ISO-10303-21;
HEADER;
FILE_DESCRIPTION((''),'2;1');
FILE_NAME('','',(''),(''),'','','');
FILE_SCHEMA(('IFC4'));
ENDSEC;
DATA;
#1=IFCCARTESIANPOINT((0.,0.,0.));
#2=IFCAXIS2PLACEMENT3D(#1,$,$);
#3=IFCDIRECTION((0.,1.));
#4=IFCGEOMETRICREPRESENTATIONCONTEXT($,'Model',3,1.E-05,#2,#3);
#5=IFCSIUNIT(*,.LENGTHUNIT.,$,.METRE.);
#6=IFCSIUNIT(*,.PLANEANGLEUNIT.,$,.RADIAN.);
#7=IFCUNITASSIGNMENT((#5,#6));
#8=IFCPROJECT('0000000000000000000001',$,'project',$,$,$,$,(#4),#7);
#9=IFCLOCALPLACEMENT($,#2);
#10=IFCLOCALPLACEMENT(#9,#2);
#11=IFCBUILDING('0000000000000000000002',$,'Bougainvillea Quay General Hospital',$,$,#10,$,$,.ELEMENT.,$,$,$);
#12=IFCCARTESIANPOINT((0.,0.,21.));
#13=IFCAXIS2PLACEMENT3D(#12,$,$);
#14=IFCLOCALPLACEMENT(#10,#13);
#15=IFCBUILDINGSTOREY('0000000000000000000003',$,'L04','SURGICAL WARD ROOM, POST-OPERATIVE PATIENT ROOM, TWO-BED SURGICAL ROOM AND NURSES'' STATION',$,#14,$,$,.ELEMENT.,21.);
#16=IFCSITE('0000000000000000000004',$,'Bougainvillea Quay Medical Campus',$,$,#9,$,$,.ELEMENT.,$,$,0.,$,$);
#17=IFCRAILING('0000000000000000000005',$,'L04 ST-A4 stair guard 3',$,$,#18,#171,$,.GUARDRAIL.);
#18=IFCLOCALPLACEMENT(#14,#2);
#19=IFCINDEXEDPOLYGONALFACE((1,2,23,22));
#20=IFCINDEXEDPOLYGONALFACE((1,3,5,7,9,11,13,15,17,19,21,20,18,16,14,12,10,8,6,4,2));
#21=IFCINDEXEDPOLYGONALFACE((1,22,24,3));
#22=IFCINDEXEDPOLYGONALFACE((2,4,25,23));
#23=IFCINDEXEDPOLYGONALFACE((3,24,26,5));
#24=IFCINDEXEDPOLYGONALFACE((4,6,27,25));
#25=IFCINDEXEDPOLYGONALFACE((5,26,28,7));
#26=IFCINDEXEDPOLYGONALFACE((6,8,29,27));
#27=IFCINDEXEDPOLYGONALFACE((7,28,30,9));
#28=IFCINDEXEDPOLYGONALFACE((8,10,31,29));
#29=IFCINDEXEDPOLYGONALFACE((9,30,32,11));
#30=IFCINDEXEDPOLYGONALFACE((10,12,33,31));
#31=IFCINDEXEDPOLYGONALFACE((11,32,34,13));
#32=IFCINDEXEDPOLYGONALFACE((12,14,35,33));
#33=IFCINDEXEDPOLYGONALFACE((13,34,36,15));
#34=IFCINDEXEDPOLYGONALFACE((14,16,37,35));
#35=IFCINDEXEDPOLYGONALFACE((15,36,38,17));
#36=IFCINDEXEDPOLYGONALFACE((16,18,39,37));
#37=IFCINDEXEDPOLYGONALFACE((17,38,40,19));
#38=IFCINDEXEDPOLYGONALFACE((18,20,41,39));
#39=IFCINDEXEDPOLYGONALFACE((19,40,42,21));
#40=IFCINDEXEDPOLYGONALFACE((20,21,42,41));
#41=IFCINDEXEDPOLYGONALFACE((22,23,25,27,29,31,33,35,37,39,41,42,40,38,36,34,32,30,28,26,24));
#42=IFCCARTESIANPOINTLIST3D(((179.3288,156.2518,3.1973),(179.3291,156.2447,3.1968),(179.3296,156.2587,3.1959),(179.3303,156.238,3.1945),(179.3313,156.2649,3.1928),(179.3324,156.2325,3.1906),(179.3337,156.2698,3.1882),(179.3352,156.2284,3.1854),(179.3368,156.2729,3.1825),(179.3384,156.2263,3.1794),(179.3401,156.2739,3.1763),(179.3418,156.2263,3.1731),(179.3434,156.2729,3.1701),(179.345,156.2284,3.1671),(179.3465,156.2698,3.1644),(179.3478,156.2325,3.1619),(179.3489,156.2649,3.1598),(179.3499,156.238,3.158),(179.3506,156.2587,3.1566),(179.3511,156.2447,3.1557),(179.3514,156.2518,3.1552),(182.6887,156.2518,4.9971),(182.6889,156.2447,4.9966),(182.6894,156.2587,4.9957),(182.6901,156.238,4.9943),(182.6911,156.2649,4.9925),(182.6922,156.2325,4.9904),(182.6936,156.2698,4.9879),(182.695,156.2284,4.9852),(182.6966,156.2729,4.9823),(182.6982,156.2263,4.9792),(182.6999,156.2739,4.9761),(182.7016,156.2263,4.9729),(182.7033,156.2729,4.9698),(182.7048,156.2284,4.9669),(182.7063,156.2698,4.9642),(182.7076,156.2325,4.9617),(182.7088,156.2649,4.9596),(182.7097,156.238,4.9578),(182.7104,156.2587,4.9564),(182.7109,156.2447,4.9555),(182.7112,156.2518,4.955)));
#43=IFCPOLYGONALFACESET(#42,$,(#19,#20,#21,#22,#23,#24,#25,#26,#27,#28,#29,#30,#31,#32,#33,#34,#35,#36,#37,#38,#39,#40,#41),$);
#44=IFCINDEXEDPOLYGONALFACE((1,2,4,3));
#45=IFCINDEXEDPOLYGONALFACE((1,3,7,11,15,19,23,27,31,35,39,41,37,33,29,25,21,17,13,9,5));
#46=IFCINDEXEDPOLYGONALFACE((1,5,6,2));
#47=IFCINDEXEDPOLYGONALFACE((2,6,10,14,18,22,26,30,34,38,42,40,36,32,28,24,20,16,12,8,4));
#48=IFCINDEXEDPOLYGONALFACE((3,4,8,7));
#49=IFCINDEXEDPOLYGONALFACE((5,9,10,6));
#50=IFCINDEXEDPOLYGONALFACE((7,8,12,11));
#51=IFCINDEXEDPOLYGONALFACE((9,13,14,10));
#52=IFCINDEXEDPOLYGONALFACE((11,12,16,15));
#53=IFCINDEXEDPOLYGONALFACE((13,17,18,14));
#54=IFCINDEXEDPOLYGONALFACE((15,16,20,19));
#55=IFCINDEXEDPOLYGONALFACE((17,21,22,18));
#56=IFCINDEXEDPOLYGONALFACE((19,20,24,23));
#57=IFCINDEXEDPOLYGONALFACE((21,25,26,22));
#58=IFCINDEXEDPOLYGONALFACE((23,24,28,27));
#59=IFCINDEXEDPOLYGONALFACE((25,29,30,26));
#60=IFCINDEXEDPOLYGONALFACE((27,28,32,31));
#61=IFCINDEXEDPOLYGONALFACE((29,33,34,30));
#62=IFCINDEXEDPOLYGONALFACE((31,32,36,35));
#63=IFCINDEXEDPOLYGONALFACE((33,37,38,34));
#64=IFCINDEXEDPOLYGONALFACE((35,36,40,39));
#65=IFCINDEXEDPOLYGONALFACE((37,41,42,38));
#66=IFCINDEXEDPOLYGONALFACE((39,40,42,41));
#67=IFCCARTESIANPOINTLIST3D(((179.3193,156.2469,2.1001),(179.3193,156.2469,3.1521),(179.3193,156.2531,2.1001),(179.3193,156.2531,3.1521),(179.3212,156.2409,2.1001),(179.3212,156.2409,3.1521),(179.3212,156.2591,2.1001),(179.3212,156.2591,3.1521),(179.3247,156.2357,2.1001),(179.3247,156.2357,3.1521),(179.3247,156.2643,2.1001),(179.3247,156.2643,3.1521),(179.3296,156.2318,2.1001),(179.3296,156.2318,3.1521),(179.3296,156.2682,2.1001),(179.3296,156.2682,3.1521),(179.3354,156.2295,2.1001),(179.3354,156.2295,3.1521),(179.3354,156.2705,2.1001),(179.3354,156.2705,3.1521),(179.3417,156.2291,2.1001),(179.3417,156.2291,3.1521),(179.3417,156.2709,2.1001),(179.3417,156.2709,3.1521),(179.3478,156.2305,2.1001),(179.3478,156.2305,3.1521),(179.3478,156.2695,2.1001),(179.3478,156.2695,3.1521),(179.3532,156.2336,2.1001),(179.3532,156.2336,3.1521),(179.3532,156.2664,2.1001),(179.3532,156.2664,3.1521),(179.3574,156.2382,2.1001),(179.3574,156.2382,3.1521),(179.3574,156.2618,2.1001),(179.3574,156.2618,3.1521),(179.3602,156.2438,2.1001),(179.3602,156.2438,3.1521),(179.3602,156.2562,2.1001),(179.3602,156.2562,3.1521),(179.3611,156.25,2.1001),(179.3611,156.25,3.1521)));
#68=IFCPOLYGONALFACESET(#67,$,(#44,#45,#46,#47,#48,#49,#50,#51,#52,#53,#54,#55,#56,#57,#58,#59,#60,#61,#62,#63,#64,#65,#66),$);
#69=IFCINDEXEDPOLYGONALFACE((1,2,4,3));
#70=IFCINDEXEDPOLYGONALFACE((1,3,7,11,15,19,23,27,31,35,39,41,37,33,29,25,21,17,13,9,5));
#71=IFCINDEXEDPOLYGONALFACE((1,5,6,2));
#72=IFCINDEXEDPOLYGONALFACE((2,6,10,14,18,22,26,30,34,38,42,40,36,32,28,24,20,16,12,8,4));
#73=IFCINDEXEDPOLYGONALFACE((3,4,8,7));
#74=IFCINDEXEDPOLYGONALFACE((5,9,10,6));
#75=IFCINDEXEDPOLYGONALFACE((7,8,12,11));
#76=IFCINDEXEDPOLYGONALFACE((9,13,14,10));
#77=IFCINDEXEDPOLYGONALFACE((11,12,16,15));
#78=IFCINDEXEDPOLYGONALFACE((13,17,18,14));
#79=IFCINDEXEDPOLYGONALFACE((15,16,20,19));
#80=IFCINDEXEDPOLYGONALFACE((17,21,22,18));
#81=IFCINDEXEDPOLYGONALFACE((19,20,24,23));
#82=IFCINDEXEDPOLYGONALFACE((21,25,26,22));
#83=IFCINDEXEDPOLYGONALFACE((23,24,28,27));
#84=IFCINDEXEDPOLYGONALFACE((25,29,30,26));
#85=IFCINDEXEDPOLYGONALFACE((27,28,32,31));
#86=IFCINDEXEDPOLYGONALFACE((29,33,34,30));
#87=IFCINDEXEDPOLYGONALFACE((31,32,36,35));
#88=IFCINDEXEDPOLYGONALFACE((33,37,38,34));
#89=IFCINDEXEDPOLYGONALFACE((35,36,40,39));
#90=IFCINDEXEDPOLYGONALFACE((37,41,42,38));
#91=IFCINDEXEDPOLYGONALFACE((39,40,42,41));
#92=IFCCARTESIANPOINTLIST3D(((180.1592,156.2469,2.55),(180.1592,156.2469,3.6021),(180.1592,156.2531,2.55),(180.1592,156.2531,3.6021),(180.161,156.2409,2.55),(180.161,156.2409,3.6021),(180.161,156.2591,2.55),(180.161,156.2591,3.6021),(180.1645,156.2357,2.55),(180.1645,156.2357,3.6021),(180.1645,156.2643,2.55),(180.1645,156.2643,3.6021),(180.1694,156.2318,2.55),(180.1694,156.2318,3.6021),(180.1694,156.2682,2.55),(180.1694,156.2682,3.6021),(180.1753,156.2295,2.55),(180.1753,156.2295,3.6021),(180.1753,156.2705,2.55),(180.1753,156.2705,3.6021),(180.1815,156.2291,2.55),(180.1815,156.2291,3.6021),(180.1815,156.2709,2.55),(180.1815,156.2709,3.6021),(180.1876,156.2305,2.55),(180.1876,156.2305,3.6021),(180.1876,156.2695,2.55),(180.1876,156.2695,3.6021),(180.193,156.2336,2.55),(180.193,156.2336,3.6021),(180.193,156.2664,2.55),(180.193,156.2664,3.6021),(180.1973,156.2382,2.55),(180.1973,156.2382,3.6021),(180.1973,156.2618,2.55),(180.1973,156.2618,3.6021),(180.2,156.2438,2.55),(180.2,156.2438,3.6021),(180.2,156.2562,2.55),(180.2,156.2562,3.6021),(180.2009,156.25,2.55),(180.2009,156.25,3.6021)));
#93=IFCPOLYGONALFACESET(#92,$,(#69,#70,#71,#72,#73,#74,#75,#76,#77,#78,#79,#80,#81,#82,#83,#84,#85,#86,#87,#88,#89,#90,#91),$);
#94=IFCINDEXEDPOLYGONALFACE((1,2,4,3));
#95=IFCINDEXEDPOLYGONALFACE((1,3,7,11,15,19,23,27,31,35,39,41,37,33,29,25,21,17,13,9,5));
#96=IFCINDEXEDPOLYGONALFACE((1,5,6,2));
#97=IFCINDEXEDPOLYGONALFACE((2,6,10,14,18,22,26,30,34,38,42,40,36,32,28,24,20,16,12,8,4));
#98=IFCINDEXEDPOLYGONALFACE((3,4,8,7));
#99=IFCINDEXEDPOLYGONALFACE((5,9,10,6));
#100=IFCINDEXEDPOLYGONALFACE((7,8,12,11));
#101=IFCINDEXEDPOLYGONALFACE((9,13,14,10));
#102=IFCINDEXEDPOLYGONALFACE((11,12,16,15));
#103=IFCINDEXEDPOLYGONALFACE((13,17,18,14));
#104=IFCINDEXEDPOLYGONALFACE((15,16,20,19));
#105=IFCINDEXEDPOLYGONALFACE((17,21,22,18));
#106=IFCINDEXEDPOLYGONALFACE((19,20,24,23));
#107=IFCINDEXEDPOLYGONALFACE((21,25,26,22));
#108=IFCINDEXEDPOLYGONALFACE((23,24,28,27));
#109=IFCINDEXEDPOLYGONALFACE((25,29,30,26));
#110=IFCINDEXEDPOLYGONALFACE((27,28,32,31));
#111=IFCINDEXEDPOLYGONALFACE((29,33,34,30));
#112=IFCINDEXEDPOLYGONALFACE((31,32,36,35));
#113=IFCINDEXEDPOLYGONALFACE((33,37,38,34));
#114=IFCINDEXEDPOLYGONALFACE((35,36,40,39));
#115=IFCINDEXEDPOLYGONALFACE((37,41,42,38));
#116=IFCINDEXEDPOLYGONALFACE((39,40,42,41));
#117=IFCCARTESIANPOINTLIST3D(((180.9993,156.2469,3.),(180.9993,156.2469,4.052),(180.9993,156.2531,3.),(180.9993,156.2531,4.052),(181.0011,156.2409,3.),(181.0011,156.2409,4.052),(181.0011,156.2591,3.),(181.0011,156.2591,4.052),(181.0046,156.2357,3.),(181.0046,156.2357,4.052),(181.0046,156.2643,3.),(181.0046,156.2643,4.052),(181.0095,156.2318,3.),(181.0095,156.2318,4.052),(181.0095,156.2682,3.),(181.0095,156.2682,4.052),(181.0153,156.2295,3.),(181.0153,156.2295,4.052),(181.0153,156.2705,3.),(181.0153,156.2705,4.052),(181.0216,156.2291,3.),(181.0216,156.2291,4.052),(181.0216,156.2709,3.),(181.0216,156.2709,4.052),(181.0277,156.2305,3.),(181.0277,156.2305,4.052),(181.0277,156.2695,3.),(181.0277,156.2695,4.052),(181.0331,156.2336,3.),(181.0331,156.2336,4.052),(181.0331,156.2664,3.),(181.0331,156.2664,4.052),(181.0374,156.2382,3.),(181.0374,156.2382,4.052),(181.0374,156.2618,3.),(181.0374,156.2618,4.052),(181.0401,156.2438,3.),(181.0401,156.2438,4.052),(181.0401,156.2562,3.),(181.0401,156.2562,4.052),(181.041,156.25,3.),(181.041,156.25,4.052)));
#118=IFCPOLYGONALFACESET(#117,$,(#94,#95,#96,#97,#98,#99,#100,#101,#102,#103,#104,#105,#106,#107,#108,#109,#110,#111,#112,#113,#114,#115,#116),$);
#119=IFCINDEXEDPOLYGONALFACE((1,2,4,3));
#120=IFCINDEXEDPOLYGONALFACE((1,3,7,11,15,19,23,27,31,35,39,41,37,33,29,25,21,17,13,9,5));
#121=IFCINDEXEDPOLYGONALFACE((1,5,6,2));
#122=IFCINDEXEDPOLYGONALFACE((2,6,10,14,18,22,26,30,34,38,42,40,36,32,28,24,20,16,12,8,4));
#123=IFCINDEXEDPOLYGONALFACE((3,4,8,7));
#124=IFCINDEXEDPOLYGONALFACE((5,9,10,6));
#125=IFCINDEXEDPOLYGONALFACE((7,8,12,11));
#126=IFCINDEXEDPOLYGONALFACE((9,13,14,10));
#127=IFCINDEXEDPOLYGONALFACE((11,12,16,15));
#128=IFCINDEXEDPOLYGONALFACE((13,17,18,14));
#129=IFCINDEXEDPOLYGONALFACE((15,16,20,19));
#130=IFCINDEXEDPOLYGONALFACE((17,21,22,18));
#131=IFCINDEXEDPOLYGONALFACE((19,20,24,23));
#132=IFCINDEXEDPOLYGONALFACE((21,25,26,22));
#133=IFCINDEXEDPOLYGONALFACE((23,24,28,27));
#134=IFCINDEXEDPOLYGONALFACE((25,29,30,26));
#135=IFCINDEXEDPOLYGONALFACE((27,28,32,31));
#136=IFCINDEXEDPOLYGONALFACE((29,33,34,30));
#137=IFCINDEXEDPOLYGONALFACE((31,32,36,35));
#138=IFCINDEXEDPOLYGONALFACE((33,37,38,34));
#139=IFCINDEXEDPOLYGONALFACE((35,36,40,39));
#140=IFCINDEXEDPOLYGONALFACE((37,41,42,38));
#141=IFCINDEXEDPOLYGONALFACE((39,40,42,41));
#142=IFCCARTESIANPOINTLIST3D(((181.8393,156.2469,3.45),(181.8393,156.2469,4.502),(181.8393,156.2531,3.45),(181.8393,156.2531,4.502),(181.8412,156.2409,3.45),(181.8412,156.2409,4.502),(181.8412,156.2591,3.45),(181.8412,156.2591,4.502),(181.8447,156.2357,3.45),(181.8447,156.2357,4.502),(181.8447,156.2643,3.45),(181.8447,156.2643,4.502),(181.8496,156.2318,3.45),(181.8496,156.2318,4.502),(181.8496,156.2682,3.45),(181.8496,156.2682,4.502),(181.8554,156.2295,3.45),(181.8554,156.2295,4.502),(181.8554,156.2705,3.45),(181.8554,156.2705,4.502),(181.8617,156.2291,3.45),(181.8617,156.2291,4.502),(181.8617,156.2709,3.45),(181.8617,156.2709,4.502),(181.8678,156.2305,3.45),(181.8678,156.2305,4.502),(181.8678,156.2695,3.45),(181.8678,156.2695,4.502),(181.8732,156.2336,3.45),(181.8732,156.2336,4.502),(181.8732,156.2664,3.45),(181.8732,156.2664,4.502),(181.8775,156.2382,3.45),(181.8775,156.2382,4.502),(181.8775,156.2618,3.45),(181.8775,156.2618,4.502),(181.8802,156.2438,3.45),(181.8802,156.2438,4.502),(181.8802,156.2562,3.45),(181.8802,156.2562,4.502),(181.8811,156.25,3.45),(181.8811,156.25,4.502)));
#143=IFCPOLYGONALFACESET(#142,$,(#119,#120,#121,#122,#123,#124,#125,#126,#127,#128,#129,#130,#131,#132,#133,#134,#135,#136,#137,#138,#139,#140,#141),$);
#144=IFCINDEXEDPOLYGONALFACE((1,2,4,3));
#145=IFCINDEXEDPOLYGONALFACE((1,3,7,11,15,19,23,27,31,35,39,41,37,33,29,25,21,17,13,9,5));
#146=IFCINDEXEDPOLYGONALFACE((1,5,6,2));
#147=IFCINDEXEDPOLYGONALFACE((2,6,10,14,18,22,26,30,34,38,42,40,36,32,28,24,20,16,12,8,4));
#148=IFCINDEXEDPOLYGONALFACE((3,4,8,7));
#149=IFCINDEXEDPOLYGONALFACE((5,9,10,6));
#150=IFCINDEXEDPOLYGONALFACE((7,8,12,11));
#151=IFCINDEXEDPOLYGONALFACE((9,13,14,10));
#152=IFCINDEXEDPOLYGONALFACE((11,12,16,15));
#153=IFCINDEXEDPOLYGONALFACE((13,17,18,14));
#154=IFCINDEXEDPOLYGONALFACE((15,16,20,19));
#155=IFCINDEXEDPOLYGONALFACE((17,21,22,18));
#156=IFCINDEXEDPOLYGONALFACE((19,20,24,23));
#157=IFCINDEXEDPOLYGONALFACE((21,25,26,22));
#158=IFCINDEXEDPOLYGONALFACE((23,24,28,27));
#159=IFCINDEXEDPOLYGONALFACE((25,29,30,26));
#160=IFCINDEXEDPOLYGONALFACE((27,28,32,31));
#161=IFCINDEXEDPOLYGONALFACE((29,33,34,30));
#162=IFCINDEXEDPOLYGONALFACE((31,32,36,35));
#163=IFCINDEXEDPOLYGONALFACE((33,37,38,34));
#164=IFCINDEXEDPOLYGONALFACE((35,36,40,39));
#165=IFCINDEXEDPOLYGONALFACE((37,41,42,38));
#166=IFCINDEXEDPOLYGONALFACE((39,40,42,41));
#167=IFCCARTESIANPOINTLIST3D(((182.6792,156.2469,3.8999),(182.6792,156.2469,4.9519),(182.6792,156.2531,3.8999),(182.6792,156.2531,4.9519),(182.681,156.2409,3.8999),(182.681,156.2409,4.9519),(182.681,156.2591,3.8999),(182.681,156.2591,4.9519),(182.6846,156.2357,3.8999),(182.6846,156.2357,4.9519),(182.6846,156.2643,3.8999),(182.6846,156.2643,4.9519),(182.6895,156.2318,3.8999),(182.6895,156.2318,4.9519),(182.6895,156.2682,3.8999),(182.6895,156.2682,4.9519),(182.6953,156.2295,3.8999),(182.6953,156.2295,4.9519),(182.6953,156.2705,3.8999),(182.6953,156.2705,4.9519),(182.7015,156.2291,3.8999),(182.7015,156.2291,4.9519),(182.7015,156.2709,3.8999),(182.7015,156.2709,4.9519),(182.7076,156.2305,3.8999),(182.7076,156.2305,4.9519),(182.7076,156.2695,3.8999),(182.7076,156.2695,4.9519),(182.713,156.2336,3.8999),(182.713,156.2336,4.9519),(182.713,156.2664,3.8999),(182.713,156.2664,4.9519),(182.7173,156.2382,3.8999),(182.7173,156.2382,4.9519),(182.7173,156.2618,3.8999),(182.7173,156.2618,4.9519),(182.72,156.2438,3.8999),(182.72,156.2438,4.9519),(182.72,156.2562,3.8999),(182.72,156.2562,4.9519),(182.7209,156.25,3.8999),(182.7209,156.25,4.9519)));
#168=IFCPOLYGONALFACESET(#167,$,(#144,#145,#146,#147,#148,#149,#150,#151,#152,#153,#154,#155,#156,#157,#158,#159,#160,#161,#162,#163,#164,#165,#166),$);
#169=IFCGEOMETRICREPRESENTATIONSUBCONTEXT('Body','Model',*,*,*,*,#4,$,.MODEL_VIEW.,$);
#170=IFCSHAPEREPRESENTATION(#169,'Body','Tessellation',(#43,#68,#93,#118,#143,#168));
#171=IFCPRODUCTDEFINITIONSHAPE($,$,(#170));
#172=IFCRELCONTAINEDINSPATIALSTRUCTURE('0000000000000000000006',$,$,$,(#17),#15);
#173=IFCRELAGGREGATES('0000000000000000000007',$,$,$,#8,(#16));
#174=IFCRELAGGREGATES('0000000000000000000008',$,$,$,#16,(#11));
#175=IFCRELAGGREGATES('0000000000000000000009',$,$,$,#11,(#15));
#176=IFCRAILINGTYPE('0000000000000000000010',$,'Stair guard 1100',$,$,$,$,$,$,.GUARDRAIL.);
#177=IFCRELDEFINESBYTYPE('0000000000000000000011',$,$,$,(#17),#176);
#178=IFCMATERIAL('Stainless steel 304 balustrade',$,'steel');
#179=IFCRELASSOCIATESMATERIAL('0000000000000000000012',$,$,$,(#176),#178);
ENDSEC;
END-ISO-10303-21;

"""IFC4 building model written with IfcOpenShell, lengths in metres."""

from ifc_helpers import new_model, si_unit, direction, frame, origin, origin_2d, place, context, subcontext, project, spatial, circle, extrude, material, type_object, element, save


model = new_model("IFC4")

# Units and contexts
model_context = context("Model", 3, precision=1e-05, world=origin(), true_north=direction((0.0, 1.0)))
body_context = subcontext(model_context, "Body", "Model", "MODEL_VIEW")
ifc_project = project(units=[si_unit("LENGTHUNIT", "METRE"), si_unit("PLANEANGLEUNIT", "RADIAN")], contexts=[model_context])

# Site, building, storey
site_placement = place(None, origin())
site = spatial("IfcSite", under=ifc_project, at=site_placement, Name="Bougainvillea Quay Medical Campus", CompositionType="ELEMENT", RefElevation=0.0)
building_placement = place(site_placement, origin())
building = spatial("IfcBuilding", under=site, at=building_placement, Name="Bougainvillea Quay General Hospital", CompositionType="ELEMENT")
storey_placement = place(building_placement, frame((0.0, 0.0, 21.0)))
storey = spatial("IfcBuildingStorey", under=building, at=storey_placement, Name="L04", Description="SURGICAL WARD ROOM, POST-OPERATIVE PATIENT ROOM, TWO-BED SURGICAL ROOM AND NURSES' STATION", CompositionType="ELEMENT", Elevation=21.0)

# Railing
ifc_material_1 = material(Name="Stainless steel 304 balustrade", Category="steel")
railing_type_1 = type_object("IfcRailingType", Name="Stair guard 1100", PredefinedType="GUARDRAIL", material=ifc_material_1)
railing_1_placement = place(storey_placement, frame((179.3401, 156.25, 2.1001)))
element("IfcRailing", 1, at=railing_1_placement, inside=storey, type_object=railing_type_1, Name="L04 ST-A4 stair guard 3", PredefinedType="GUARDRAIL", context=body_context, shape_type="SweptSolid", body=[
    extrude(circle(Radius=0.0239, at=origin_2d()), frame((0.0, 0.0, 1.0762), z_axis=(0.881493, 0.0, 0.472197), x_axis=(0.0, 1.0, 0.0)), (0.0, 0.0, 1.0), 3.8115),
    extrude(circle(Radius=0.021, at=origin_2d()), origin(), (0.0, 0.0, 1.0), 1.052),
    extrude(circle(Radius=0.021, at=origin_2d()), frame((0.8398, 0.0, 0.45)), (0.0, 0.0, 1.0), 1.052),
    extrude(circle(Radius=0.021, at=origin_2d()), frame((1.6799, 0.0, 0.8999)), (0.0, 0.0, 1.0), 1.052),
    extrude(circle(Radius=0.021, at=origin_2d()), frame((2.52, 0.0, 1.3499)), (0.0, 0.0, 1.0), 1.052),
    extrude(circle(Radius=0.021, at=origin_2d()), frame((3.3599, 0.0, 1.7998)), (0.0, 0.0, 1.0), 1.052),
])

save(model, "model.ifc")
